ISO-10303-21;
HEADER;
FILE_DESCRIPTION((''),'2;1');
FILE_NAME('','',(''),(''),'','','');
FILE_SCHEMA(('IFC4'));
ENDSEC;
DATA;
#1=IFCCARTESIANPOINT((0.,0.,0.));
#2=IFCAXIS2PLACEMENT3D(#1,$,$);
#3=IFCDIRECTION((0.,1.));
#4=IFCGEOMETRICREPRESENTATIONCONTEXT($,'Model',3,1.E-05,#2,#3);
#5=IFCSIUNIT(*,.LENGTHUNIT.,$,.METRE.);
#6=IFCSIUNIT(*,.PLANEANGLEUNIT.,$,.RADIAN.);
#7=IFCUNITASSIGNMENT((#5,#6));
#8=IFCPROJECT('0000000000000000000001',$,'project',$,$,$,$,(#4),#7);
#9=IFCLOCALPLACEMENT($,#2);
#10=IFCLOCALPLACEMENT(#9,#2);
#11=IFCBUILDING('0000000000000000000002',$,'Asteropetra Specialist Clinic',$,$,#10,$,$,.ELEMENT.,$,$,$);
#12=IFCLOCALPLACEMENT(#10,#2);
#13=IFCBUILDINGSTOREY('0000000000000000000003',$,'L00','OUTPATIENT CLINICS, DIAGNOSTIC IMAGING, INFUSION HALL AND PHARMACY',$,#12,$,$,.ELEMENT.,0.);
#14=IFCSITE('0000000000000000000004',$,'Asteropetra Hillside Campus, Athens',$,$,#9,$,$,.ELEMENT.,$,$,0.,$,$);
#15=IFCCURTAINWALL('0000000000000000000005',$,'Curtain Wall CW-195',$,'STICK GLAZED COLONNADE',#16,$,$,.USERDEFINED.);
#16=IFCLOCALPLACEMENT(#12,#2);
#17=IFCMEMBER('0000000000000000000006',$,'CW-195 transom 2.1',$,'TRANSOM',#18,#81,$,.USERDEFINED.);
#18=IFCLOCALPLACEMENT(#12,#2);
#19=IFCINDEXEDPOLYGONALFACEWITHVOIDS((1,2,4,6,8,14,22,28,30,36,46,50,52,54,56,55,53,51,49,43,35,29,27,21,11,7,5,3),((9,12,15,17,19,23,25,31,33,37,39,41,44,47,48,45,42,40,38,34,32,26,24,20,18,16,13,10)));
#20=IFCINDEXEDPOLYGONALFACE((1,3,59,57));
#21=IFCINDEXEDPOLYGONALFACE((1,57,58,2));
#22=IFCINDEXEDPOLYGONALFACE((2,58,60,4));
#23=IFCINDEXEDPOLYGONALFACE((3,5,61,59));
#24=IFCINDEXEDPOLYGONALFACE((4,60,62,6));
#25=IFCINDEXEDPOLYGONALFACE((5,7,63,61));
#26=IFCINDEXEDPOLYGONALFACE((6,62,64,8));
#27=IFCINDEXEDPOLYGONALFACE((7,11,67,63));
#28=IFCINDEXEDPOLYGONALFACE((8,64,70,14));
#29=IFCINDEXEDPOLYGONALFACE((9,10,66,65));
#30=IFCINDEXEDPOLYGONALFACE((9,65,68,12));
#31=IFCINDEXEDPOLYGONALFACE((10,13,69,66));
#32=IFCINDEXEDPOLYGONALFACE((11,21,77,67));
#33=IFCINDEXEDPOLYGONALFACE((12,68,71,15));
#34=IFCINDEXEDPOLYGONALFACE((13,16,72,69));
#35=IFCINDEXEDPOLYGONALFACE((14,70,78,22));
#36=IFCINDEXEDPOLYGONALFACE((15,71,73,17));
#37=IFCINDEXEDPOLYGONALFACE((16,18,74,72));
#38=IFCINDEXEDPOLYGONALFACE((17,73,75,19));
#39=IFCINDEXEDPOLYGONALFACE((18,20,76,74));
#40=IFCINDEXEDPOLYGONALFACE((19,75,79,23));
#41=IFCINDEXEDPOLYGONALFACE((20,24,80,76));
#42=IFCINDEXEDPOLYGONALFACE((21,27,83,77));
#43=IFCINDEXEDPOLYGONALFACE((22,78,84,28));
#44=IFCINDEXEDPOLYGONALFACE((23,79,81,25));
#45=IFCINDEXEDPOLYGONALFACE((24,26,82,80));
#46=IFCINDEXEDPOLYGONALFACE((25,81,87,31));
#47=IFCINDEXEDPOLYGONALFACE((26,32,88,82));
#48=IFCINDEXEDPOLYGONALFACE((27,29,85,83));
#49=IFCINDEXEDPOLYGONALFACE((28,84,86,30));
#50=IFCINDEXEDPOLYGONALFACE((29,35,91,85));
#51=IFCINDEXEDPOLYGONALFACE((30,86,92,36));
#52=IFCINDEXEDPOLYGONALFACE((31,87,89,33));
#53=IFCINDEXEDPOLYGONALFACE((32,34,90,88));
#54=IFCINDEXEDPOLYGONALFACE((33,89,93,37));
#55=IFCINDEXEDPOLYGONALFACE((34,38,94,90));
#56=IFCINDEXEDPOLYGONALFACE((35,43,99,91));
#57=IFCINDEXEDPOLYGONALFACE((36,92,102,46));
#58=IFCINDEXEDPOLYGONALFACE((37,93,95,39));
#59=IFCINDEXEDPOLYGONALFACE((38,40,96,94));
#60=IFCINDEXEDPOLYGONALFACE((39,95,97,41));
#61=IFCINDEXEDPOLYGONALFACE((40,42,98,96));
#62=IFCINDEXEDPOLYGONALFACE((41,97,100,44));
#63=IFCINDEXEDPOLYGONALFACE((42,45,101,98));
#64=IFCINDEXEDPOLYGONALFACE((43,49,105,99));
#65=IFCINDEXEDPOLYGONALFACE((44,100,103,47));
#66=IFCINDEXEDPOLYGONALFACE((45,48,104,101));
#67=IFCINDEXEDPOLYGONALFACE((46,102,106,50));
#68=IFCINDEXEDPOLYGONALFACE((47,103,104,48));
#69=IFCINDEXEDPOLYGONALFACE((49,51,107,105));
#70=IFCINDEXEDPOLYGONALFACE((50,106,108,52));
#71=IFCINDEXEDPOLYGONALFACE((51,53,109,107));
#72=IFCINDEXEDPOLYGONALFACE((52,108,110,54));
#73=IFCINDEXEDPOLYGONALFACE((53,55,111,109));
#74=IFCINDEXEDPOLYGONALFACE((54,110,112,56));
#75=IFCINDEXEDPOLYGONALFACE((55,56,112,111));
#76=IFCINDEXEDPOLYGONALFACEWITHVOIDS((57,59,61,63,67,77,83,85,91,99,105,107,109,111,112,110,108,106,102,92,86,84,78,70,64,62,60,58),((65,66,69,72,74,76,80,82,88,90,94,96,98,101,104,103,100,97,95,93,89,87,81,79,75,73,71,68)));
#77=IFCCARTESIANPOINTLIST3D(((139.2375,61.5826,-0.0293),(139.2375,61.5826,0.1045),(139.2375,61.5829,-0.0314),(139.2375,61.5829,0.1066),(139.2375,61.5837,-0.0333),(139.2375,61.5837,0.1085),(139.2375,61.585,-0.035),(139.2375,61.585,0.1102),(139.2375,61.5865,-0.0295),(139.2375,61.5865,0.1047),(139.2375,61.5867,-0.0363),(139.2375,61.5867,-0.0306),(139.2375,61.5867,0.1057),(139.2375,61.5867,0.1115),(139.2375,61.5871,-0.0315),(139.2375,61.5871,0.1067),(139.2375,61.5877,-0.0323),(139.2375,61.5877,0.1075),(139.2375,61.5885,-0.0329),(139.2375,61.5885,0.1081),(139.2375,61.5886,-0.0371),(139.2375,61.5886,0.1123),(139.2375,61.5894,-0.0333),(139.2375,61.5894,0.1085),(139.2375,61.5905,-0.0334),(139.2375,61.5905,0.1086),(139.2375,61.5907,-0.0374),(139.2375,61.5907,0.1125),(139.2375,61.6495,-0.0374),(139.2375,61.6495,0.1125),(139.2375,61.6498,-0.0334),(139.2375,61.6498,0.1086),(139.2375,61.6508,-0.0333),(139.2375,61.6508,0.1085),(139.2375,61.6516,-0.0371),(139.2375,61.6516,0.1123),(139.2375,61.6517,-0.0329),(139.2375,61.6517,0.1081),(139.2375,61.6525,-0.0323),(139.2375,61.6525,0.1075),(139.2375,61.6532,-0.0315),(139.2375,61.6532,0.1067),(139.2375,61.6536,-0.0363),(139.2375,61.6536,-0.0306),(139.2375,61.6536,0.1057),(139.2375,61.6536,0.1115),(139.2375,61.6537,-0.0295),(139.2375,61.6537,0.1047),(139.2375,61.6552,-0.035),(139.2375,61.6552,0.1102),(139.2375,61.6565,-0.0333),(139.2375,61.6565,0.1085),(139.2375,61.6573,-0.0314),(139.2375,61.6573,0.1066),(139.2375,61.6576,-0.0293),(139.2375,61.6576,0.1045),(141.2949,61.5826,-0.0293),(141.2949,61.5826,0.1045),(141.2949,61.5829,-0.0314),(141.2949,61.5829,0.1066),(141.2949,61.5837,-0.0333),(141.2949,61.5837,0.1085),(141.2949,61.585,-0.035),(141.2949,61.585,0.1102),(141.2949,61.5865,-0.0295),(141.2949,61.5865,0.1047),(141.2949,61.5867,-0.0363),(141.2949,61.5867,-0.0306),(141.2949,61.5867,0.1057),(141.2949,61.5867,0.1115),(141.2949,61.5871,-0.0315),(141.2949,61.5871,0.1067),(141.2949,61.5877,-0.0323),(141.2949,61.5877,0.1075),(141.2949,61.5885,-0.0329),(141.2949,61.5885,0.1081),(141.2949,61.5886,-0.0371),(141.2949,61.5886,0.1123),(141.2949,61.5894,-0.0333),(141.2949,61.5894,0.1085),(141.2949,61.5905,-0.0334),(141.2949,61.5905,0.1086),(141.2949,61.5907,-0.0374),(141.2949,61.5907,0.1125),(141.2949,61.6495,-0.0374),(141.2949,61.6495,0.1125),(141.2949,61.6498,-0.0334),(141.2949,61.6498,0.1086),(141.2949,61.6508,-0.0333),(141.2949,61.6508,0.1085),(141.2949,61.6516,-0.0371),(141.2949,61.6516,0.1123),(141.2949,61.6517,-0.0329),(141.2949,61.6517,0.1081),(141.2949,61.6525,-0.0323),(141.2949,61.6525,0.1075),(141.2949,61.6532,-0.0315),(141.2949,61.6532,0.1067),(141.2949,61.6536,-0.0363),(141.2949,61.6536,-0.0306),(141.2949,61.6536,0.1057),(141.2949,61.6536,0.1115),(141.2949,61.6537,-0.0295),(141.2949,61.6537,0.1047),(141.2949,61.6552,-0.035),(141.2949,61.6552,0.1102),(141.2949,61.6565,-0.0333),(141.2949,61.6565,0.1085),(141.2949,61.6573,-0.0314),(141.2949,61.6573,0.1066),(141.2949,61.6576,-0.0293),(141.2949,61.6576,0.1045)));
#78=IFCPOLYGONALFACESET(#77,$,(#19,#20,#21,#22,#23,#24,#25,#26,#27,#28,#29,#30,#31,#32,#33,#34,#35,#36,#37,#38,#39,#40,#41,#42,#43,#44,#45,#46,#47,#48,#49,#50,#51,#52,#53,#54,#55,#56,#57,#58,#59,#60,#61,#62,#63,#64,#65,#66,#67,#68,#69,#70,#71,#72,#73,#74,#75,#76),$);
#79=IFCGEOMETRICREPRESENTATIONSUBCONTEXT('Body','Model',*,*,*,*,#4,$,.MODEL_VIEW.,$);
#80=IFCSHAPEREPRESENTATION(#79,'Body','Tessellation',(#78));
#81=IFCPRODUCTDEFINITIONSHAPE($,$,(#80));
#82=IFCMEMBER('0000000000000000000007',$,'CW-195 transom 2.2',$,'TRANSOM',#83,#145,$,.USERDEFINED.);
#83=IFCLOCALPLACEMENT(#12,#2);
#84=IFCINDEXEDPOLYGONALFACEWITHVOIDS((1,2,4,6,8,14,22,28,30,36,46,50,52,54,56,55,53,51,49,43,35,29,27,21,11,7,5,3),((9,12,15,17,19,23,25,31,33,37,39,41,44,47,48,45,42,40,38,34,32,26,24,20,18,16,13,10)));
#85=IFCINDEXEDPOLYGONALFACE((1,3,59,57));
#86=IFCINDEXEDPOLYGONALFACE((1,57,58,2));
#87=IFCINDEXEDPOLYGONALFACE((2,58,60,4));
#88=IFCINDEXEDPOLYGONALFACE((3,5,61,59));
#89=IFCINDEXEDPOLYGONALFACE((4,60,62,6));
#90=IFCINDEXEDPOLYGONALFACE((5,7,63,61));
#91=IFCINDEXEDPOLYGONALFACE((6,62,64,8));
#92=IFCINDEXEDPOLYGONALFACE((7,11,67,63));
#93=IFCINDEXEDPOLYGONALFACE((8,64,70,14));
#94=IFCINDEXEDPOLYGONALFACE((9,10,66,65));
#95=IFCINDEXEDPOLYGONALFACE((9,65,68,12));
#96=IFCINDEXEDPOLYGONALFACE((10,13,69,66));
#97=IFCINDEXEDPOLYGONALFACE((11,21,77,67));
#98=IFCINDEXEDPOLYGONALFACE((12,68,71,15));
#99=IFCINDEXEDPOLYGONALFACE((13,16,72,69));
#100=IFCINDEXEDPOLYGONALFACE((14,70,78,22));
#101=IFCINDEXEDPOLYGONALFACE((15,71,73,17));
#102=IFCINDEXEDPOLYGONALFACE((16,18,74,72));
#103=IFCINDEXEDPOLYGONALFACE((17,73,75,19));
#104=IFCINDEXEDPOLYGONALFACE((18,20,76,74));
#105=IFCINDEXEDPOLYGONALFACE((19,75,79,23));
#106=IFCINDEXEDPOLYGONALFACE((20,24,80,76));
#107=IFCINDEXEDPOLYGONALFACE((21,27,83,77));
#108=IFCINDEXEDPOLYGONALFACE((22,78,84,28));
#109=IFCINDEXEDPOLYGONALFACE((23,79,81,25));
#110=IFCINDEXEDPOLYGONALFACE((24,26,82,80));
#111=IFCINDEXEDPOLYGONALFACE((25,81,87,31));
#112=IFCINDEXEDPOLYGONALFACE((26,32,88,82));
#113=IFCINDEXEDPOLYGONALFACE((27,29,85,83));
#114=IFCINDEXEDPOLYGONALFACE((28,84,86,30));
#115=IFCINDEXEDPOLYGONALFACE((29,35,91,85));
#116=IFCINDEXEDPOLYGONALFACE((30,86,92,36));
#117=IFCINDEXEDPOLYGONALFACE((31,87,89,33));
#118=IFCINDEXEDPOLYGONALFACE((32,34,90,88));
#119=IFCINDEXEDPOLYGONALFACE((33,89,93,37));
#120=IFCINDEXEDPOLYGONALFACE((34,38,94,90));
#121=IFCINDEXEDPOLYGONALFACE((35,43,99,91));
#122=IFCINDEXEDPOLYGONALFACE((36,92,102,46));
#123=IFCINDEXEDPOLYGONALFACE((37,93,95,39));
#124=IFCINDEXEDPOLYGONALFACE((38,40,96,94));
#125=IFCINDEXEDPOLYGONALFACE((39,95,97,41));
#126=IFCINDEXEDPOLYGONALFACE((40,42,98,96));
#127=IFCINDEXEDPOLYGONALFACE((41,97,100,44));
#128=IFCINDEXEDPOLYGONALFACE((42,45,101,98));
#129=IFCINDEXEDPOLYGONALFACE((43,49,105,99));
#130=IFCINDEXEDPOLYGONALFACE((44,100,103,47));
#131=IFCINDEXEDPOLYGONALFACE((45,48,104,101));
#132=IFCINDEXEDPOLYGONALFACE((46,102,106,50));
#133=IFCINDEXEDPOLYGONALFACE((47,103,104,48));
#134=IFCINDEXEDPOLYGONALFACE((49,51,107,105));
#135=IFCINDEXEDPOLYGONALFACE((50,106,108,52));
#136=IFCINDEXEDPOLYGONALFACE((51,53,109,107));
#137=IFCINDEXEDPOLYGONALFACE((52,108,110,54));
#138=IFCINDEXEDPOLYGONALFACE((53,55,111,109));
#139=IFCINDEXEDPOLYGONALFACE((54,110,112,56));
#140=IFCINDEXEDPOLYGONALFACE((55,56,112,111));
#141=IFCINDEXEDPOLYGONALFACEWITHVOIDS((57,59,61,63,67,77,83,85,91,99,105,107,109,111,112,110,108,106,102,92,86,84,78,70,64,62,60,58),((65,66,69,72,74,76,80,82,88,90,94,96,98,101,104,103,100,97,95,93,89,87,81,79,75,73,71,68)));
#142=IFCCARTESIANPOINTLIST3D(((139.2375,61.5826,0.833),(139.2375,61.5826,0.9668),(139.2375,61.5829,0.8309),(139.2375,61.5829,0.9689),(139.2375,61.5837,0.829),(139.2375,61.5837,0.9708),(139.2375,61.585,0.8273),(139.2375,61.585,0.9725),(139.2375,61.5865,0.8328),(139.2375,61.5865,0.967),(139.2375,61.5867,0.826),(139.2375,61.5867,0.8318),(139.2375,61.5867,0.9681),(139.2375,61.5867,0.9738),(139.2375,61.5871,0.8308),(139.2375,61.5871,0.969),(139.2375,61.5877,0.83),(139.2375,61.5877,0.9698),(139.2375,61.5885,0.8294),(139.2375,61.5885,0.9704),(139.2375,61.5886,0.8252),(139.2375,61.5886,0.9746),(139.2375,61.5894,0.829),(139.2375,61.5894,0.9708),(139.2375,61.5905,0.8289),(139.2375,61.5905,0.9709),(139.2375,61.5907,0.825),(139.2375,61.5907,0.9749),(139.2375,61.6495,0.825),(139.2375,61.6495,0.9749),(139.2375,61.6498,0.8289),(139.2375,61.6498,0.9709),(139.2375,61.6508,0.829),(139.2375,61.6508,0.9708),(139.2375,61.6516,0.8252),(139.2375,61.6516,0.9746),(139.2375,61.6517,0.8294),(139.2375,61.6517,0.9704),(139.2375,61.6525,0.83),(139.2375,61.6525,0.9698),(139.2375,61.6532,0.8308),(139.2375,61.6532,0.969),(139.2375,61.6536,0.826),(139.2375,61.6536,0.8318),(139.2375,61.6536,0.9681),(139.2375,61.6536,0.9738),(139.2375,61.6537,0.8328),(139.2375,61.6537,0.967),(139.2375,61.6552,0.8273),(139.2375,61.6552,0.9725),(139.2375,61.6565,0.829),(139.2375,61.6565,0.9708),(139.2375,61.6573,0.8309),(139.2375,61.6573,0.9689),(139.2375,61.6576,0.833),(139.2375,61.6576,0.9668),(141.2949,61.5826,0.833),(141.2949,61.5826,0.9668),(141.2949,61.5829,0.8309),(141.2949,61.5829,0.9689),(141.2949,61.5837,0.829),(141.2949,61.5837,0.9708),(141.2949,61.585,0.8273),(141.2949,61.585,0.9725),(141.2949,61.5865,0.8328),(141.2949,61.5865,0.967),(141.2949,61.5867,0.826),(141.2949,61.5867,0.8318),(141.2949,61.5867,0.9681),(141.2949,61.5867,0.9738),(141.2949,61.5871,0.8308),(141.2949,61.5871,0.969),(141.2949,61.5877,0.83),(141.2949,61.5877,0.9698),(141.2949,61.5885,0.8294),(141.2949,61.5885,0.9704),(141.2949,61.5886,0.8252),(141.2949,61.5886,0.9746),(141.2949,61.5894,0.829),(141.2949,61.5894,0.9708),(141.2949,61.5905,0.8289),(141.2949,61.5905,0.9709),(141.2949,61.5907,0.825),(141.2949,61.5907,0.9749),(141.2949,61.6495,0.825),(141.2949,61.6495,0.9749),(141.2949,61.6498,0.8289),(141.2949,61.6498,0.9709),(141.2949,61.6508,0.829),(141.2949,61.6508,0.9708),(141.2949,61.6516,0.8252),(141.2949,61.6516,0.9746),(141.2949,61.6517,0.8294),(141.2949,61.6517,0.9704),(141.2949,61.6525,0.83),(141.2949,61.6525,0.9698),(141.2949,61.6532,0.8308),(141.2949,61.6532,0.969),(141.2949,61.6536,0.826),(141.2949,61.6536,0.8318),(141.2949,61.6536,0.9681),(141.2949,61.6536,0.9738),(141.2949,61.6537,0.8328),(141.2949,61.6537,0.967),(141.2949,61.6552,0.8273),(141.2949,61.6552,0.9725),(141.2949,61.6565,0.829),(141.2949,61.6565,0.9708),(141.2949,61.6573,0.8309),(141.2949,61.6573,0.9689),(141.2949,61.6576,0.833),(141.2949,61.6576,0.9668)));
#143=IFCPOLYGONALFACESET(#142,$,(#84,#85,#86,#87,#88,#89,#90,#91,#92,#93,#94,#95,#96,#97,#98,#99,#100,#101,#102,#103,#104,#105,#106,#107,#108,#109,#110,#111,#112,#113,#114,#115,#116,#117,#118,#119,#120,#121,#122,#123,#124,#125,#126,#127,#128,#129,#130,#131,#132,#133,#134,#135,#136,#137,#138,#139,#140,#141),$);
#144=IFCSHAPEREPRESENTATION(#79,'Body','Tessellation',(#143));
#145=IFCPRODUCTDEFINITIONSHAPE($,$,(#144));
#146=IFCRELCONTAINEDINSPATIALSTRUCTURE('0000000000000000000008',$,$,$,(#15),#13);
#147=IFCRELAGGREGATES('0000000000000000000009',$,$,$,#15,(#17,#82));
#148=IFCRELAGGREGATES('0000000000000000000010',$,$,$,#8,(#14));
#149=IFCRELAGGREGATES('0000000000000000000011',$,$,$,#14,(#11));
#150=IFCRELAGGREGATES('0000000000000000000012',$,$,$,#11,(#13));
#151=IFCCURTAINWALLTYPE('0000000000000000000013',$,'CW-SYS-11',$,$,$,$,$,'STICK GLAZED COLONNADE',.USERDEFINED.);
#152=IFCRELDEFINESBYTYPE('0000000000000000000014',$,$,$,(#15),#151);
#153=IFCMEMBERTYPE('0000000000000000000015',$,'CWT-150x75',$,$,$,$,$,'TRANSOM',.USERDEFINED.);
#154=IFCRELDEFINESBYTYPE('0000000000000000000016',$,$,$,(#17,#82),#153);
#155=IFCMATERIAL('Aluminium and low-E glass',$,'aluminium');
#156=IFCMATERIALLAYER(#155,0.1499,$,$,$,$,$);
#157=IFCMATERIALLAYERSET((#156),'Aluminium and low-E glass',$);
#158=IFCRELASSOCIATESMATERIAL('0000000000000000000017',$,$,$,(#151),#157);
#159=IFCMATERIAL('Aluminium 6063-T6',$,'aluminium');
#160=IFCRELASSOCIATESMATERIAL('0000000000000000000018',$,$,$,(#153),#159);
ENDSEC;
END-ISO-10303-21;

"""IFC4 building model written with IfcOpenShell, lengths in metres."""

from ifc_helpers import new_model, si_unit, direction, frame, origin, origin_2d, place, context, subcontext, project, spatial, hollow_rectangle, extrude, material, layer, layer_set, material_profile, profile_set, type_object, element, aggregate, save


model = new_model("IFC4")

# Units and contexts
model_context = context("Model", 3, precision=1e-05, world=origin(), true_north=direction((0.0, 1.0)))
body_context = subcontext(model_context, "Body", "Model", "MODEL_VIEW")
ifc_project = project(units=[si_unit("LENGTHUNIT", "METRE"), si_unit("PLANEANGLEUNIT", "RADIAN")], contexts=[model_context])

# Site, building, storey
site_placement = place(None, origin())
site = spatial("IfcSite", under=ifc_project, at=site_placement, Name="Asteropetra Hillside Campus, Athens", CompositionType="ELEMENT", RefElevation=0.0)
building_placement = place(site_placement, origin())
building = spatial("IfcBuilding", under=site, at=building_placement, Name="Asteropetra Specialist Clinic", CompositionType="ELEMENT")
storey_placement = place(building_placement, origin())
storey = spatial("IfcBuildingStorey", under=building, at=storey_placement, Name="L00", Description="OUTPATIENT CLINICS, DIAGNOSTIC IMAGING, INFUSION HALL AND PHARMACY", CompositionType="ELEMENT", Elevation=0.0)

# Curtain wall, members
ifc_material_1 = material(Name="Aluminium and low-E glass", Category="aluminium")
ifc_layer_1 = layer(ifc_material_1, 0.1499)
ifc_layer_set_1 = layer_set([ifc_layer_1], Name="Aluminium and low-E glass")
curtain_wall_type = type_object("IfcCurtainWallType", Name="CW-SYS-11", ElementType="STICK GLAZED COLONNADE", PredefinedType="USERDEFINED", material=ifc_layer_set_1)
curtain_wall_placement = place(storey_placement, origin())
curtain_wall = element("IfcCurtainWall", 1, at=curtain_wall_placement, inside=storey, type_object=curtain_wall_type, Name="Curtain Wall CW-195", ObjectType="STICK GLAZED COLONNADE", PredefinedType="USERDEFINED")
ifc_material_2 = material(Name="Aluminium 6063-T6", Category="aluminium")
ifc_material_profile_1 = material_profile(ifc_material_2, hollow_rectangle(XDim=0.075, YDim=0.1499, WallThickness=0.0039, InnerFilletRadius=0.0039, OuterFilletRadius=0.0081, at=origin_2d()), Name="TRN 150x75x4.0")
ifc_profile_set_1 = profile_set([ifc_material_profile_1], Name="Aluminium 6063-T6")
member_type_1 = type_object("IfcMemberType", Name="CWT-150x75", ElementType="TRANSOM", PredefinedType="USERDEFINED", material=ifc_profile_set_1)
member_1_placement = place(storey_placement, frame((141.2949, 61.6201, 0.0376), z_axis=(-1.0, 0.0, 0.0), x_axis=(0.0, -1.0, 0.0)))
member_1 = element("IfcMember", 2, at=member_1_placement, type_object=member_type_1, Name="CW-195 transom 2.1", ObjectType="TRANSOM", PredefinedType="USERDEFINED", context=body_context, shape_type="SweptSolid", body=[
    extrude(hollow_rectangle(XDim=0.075, YDim=0.1499, WallThickness=0.0039, InnerFilletRadius=0.0039, OuterFilletRadius=0.0081, at=origin_2d()), origin(), (0.0, 0.0, 1.0), 2.0574),
])
member_2_placement = place(storey_placement, frame((141.2949, 61.6201, 0.8999), z_axis=(-1.0, 0.0, 0.0), x_axis=(0.0, -1.0, 0.0)))
member_2 = element("IfcMember", 3, at=member_2_placement, type_object=member_type_1, Name="CW-195 transom 2.2", ObjectType="TRANSOM", PredefinedType="USERDEFINED", context=body_context, shape_type="SweptSolid", body=[
    extrude(hollow_rectangle(XDim=0.075, YDim=0.1499, WallThickness=0.0039, InnerFilletRadius=0.0039, OuterFilletRadius=0.0081, at=origin_2d()), origin(), (0.0, 0.0, 1.0), 2.0574),
])
aggregate(curtain_wall, [member_1, member_2])

save(model, "model.ifc")
